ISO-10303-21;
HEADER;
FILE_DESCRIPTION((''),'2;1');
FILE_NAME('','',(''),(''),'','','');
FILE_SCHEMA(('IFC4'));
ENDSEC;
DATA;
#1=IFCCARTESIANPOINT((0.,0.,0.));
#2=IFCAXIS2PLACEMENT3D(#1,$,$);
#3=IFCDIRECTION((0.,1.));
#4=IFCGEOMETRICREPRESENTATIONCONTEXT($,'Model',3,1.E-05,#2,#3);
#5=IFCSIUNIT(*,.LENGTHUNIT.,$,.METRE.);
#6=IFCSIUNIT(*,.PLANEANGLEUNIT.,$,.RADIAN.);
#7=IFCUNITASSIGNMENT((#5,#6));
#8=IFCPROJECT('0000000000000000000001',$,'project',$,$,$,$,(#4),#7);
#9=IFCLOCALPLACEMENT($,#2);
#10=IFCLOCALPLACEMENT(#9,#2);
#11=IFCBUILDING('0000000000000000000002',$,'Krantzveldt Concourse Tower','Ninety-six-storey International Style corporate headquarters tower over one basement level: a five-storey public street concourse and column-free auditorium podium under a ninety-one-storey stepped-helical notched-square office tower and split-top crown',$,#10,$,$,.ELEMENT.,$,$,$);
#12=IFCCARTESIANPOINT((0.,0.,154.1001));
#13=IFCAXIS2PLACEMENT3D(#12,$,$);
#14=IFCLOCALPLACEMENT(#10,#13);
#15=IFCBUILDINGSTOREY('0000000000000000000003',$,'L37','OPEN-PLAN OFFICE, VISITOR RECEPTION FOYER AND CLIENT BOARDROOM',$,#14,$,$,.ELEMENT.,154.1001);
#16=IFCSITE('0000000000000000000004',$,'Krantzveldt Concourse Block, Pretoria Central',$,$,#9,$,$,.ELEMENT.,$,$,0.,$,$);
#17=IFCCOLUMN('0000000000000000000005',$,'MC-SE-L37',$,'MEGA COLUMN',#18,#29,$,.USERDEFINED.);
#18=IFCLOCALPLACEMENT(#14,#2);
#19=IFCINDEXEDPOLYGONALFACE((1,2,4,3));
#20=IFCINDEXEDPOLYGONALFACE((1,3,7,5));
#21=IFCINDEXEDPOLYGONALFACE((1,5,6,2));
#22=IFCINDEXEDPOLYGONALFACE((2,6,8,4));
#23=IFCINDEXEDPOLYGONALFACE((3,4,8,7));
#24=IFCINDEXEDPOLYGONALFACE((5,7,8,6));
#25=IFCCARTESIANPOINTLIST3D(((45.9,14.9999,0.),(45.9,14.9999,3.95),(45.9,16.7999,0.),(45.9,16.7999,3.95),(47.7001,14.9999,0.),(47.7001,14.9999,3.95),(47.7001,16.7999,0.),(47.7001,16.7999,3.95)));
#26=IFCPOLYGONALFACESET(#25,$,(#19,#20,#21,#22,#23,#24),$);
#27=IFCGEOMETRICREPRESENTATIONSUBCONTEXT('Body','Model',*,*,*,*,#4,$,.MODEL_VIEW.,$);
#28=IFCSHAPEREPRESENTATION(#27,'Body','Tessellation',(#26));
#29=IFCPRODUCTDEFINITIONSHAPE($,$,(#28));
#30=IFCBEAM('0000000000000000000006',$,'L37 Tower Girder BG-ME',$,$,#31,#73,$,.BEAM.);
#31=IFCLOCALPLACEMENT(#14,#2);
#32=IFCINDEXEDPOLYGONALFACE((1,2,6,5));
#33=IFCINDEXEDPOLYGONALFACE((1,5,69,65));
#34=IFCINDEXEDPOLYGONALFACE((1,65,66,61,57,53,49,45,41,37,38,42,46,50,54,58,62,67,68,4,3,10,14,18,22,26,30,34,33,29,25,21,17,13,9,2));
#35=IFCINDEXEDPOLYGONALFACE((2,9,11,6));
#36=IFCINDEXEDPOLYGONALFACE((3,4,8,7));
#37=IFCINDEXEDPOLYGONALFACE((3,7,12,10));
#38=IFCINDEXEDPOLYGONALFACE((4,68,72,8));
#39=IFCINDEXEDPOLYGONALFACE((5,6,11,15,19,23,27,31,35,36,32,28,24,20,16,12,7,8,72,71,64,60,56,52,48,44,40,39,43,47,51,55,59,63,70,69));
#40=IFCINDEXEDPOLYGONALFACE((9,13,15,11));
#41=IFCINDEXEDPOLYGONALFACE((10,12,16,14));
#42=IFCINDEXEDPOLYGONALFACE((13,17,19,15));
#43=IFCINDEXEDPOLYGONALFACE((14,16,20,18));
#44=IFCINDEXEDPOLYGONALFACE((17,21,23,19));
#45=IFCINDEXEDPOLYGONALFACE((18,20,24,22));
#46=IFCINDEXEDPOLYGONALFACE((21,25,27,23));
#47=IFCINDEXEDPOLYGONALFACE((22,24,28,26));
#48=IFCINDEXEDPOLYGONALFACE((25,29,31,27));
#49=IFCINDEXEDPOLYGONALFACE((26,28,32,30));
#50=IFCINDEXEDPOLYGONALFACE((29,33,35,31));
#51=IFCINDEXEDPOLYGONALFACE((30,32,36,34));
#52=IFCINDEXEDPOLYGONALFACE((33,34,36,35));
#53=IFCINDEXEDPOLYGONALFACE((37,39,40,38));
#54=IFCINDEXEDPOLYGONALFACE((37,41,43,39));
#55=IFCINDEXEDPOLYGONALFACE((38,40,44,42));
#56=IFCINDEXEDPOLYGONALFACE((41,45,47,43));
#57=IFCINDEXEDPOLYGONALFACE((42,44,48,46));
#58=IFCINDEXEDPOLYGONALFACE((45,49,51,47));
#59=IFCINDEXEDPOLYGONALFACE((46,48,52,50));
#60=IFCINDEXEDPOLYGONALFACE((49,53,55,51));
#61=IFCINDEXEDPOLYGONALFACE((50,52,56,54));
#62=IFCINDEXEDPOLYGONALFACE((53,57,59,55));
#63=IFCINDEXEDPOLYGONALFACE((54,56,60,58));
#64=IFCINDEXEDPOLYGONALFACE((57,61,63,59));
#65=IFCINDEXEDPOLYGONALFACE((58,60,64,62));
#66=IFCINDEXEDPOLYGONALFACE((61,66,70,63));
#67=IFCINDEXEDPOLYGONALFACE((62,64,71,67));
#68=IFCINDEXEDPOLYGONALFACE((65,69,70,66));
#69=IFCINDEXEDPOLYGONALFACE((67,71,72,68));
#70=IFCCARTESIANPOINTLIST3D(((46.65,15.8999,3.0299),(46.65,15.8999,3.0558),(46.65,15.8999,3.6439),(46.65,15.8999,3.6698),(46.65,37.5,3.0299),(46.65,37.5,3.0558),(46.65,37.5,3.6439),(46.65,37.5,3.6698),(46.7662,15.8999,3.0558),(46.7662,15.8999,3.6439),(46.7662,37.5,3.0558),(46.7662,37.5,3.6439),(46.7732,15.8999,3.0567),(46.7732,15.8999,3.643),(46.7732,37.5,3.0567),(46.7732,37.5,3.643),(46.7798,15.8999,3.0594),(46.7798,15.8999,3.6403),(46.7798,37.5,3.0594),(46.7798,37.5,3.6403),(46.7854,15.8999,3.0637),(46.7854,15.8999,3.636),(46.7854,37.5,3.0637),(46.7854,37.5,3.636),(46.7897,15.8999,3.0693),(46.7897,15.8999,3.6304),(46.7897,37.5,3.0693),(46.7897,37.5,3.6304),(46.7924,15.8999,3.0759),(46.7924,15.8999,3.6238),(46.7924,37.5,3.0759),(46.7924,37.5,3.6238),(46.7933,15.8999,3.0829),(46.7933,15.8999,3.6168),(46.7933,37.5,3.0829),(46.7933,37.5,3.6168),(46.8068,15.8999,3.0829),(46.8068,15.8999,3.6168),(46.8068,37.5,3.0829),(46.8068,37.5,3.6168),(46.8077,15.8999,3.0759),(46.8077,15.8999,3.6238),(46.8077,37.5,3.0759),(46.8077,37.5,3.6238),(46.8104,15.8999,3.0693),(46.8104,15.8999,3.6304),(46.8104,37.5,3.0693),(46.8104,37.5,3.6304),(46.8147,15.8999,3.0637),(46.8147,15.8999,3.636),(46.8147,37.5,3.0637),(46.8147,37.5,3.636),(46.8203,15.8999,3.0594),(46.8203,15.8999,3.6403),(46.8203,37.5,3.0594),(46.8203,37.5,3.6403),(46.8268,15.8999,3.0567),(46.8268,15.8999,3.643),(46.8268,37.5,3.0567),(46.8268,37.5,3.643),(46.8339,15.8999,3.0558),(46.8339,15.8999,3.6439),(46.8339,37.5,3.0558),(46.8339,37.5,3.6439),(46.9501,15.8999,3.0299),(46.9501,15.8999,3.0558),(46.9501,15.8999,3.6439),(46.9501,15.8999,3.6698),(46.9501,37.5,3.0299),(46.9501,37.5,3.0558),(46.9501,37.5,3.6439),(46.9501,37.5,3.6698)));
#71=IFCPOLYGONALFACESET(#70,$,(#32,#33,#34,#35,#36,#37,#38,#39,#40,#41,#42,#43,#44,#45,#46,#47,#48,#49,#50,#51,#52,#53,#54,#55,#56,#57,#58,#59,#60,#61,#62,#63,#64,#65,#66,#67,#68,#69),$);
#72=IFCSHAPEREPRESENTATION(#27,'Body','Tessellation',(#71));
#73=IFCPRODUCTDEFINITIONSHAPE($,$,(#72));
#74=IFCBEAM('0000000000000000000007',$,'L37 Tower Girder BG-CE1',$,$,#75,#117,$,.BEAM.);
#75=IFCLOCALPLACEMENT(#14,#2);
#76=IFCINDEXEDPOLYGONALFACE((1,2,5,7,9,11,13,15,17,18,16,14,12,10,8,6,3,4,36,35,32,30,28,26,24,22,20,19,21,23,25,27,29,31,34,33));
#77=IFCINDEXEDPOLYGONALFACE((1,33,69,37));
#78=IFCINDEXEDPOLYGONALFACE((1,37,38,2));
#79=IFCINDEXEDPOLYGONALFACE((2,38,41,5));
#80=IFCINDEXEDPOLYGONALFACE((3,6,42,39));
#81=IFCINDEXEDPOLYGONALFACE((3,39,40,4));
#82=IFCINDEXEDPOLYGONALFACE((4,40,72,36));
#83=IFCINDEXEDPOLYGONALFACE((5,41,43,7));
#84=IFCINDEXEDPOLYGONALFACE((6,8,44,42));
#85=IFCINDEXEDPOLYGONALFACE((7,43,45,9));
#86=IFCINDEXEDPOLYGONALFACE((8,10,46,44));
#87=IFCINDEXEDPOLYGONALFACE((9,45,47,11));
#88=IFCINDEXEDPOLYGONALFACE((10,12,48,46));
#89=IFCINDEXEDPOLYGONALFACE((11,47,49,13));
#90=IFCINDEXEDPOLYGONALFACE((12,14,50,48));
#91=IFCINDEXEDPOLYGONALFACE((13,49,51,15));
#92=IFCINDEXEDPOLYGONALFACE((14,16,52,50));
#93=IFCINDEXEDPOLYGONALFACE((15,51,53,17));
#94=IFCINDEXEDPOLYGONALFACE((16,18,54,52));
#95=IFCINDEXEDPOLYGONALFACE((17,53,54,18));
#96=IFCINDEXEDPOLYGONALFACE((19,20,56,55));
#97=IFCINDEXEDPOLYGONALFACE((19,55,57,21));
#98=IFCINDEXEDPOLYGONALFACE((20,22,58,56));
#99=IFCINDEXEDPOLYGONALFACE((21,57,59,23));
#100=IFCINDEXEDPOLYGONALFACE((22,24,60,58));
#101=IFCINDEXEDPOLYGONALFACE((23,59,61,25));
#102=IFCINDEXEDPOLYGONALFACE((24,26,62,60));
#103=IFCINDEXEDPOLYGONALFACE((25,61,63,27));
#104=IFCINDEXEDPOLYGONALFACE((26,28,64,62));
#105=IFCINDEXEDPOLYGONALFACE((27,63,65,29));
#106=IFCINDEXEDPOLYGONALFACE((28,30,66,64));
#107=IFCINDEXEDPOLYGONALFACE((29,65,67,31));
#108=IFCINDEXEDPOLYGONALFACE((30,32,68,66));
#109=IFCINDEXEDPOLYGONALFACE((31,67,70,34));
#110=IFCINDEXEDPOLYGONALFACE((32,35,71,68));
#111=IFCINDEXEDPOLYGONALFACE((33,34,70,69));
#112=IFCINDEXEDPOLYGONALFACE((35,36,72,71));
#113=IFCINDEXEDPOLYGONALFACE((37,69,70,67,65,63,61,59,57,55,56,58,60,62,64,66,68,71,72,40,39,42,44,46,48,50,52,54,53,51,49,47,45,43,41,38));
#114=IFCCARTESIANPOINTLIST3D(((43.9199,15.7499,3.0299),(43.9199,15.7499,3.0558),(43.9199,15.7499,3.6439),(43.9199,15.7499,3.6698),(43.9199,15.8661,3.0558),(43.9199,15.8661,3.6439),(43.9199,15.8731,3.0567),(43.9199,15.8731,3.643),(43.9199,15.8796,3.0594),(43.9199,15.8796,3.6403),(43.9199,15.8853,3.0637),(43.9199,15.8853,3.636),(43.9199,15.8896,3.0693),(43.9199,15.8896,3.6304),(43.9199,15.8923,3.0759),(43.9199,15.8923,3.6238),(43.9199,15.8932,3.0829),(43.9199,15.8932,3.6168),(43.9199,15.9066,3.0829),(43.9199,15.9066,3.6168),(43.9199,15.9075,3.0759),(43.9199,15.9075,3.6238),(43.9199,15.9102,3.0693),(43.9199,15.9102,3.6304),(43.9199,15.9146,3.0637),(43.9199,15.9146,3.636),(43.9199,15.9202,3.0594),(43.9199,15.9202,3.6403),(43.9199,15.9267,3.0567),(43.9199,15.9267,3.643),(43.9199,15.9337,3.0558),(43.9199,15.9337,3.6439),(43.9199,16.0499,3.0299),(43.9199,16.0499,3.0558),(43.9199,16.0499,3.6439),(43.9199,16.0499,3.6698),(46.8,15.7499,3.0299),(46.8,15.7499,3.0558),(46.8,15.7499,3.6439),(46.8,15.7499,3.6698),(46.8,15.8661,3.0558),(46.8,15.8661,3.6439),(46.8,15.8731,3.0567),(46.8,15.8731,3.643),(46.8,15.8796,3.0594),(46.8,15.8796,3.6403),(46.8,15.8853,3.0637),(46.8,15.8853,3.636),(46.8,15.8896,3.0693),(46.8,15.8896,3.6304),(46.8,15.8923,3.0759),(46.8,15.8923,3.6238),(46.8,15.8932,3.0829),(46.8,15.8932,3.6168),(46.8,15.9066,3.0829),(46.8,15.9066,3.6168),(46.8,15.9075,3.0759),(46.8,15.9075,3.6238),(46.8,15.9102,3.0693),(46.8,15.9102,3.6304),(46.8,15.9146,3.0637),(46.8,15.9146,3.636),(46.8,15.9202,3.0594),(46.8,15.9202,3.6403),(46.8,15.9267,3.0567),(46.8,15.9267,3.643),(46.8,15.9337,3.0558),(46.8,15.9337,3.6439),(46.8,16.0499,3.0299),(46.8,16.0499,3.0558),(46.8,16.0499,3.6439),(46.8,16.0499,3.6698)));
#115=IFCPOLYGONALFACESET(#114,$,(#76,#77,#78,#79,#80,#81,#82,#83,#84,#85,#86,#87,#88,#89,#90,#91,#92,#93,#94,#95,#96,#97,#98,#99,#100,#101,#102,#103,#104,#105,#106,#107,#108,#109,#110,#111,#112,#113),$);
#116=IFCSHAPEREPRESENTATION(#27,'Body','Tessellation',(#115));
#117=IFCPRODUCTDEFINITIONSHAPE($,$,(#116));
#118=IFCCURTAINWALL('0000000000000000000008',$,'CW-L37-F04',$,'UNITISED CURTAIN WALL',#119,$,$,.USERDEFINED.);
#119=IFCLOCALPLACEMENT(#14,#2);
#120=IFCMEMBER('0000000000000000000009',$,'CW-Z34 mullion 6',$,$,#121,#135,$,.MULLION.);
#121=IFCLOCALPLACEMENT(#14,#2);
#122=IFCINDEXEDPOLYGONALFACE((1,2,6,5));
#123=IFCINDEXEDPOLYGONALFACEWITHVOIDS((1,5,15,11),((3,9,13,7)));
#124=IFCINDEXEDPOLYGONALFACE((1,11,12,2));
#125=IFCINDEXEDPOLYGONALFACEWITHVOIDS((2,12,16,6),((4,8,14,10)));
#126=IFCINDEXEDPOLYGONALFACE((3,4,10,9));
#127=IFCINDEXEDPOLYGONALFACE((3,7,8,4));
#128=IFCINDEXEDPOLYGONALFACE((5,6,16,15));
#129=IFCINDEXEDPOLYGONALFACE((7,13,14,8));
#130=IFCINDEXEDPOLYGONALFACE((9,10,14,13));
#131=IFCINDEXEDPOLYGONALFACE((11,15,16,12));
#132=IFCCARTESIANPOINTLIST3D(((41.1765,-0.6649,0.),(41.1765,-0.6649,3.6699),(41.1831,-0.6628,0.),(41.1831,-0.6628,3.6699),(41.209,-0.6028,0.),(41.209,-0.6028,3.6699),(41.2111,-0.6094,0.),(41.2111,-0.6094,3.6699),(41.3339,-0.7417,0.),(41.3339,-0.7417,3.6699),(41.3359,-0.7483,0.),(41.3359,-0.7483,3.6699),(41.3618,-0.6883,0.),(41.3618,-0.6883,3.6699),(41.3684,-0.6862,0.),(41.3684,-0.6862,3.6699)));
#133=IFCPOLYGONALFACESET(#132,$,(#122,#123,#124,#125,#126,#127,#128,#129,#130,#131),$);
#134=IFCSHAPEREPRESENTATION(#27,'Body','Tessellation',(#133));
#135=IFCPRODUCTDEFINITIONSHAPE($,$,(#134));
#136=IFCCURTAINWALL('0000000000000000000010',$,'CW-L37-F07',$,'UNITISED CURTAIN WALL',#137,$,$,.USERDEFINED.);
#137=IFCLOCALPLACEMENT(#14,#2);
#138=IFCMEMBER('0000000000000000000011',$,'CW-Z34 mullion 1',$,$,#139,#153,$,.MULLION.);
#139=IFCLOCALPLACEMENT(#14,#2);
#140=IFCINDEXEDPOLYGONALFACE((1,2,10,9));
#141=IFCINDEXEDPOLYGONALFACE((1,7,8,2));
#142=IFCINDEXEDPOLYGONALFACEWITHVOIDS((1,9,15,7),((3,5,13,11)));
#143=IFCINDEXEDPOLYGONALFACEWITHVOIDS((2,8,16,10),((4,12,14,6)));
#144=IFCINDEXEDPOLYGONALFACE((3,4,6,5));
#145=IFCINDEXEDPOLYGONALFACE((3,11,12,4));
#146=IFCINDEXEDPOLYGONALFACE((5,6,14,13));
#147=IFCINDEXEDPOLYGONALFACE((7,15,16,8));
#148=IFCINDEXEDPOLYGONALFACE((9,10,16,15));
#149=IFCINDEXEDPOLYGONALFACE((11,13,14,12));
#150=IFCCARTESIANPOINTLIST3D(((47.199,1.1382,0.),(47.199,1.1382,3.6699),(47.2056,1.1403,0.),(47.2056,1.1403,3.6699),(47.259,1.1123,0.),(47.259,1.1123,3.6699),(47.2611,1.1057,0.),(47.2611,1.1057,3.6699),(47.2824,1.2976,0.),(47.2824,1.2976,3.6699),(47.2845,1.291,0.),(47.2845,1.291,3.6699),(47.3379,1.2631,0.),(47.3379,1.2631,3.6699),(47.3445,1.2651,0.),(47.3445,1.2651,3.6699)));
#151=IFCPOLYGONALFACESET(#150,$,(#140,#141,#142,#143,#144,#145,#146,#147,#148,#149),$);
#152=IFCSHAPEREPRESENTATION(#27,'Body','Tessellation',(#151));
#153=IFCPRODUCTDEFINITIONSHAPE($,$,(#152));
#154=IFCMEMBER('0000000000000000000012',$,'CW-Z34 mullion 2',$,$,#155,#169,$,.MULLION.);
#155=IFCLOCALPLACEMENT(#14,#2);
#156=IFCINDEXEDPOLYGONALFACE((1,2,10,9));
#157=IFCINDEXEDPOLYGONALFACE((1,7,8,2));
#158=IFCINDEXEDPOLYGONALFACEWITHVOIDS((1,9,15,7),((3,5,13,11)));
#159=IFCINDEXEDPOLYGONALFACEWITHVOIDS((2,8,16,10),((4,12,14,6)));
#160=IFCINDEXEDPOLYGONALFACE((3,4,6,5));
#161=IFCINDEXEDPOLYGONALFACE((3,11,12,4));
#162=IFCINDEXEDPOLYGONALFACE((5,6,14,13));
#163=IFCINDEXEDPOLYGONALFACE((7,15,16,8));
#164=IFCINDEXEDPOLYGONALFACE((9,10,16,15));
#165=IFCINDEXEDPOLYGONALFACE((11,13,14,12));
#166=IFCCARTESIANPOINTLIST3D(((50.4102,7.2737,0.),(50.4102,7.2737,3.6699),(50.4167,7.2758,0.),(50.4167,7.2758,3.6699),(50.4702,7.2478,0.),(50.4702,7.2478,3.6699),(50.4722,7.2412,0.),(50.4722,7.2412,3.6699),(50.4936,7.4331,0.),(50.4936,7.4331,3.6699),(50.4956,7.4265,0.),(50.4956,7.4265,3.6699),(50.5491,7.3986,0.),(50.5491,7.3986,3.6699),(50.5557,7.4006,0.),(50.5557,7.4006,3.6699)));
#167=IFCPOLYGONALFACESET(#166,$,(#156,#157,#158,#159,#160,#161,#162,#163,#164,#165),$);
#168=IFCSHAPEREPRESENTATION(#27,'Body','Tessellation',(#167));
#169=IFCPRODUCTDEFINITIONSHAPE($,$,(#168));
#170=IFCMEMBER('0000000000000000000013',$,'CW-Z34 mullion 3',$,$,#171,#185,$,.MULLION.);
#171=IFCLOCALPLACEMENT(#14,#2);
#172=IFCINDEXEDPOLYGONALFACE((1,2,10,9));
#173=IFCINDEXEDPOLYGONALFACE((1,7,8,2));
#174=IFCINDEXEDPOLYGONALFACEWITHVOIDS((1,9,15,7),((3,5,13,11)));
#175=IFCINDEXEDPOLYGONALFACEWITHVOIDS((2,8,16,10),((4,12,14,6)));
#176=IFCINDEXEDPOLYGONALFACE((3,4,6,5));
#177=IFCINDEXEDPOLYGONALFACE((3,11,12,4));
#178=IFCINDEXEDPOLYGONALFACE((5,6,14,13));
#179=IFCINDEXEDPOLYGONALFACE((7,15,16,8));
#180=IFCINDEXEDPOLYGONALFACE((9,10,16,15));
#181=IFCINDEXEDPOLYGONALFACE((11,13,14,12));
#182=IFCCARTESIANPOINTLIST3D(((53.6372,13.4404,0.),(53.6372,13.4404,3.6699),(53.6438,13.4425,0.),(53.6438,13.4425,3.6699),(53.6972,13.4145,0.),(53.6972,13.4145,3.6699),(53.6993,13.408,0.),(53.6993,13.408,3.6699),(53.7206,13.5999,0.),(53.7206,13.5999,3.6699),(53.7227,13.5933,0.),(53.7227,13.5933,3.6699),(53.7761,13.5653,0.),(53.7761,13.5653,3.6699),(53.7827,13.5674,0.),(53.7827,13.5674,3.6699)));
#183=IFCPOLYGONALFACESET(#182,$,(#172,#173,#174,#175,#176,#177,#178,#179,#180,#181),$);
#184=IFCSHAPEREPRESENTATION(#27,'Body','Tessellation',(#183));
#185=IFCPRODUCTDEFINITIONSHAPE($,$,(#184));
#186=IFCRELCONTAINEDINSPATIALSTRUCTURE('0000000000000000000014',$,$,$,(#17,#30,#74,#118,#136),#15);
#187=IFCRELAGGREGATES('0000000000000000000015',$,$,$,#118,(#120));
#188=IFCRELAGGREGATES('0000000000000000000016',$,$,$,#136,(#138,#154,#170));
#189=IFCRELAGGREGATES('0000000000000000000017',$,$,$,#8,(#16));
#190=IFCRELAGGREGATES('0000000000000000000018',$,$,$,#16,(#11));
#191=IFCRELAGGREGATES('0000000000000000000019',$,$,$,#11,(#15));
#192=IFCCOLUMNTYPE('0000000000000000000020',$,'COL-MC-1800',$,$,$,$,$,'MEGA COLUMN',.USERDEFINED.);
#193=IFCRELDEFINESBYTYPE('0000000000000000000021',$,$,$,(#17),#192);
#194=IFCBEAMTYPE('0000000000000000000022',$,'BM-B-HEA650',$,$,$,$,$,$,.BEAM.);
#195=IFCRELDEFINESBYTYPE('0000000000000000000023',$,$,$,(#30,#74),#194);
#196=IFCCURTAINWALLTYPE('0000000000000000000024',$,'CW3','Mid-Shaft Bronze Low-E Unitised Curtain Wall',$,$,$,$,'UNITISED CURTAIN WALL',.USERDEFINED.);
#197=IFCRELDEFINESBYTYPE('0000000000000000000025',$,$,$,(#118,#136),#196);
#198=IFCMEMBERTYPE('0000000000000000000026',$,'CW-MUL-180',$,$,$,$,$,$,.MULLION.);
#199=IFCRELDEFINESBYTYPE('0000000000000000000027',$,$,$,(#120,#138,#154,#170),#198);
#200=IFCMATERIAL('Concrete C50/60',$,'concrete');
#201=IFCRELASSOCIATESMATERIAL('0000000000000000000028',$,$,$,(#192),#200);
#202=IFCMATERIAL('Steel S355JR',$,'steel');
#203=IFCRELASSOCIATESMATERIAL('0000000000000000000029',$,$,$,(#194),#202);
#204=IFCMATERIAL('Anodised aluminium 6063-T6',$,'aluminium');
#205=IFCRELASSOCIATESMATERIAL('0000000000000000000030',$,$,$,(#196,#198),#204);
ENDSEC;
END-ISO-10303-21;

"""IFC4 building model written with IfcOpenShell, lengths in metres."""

from ifc_helpers import new_model, si_unit, direction, frame, origin, origin_2d, place, context, subcontext, project, spatial, rectangle, hollow_rectangle, i_section, extrude, source, transform, mapped, material, material_profile, profile_set, type_object, type_shapes, element, aggregate, save


model = new_model("IFC4")

# Units and contexts
model_context = context("Model", 3, precision=1e-05, world=origin(), true_north=direction((0.0, 1.0)))
body_context = subcontext(model_context, "Body", "Model", "MODEL_VIEW")
ifc_project = project(units=[si_unit("LENGTHUNIT", "METRE"), si_unit("PLANEANGLEUNIT", "RADIAN")], contexts=[model_context])

# Site, building, storey
site_placement = place(None, origin())
site = spatial("IfcSite", under=ifc_project, at=site_placement, Name="Krantzveldt Concourse Block, Pretoria Central", CompositionType="ELEMENT", RefElevation=0.0)
building_placement = place(site_placement, origin())
building = spatial("IfcBuilding", under=site, at=building_placement, Name="Krantzveldt Concourse Tower", Description="Ninety-six-storey International Style corporate headquarters tower over one basement level: a five-storey public street concourse and column-free auditorium podium under a ninety-one-storey stepped-helical notched-square office tower and split-top crown", CompositionType="ELEMENT")
storey_placement = place(building_placement, frame((0.0, 0.0, 154.1001)))
storey = spatial("IfcBuildingStorey", under=building, at=storey_placement, Name="L37", Description="OPEN-PLAN OFFICE, VISITOR RECEPTION FOYER AND CLIENT BOARDROOM", CompositionType="ELEMENT", Elevation=154.1001)

# Column
ifc_material_1 = material(Name="Concrete C50/60", Category="concrete")
ifc_material_profile_1 = material_profile(ifc_material_1, rectangle(XDim=1.8, YDim=1.8, at=origin_2d()), Name="Concrete C50/60", Category="concrete")
ifc_profile_set_1 = profile_set([ifc_material_profile_1], Name="Concrete C50/60 - RC 1800x1800")
column_type = type_object("IfcColumnType", Name="COL-MC-1800", ElementType="MEGA COLUMN", PredefinedType="USERDEFINED", material=ifc_profile_set_1)
shared_shape_1 = source(origin(), body_context, "Body", "SweptSolid", [
    extrude(rectangle(XDim=1.8, YDim=1.8, at=origin_2d()), origin(), (0.0, 0.0, 1.0), 3.95),
])
type_shapes(column_type, [shared_shape_1])
column_placement = place(storey_placement, frame((46.8, 15.8999, 0.0), z_axis=(0.0, 0.0, 1.0), x_axis=(1.0, 0.0, 0.0)))
element("IfcColumn", 1, at=column_placement, inside=storey, type_object=column_type, Name="MC-SE-L37", ObjectType="MEGA COLUMN", PredefinedType="USERDEFINED", context=body_context, shape_type="MappedRepresentation", body=[
    mapped(shared_shape_1, transform((0.0, 0.0, 0.0), x_axis=(1.0, 0.0, 0.0), y_axis=(0.0, 1.0, 0.0), z_axis=(0.0, 0.0, 1.0), scale=1.0)),
])

# Beams
ifc_material_2 = material(Name="Steel S355JR", Category="steel")
ifc_material_profile_2 = material_profile(ifc_material_2, i_section(OverallWidth=0.3, OverallDepth=0.6399, WebThickness=0.0134, FlangeThickness=0.0259, FilletRadius=0.0271, at=origin_2d()), Name="Steel S355JR", Category="steel")
ifc_profile_set_2 = profile_set([ifc_material_profile_2], Name="Steel S355JR - HEA 650")
beam_type = type_object("IfcBeamType", Name="BM-B-HEA650", PredefinedType="BEAM", material=ifc_profile_set_2)
shared_shape_2 = source(origin(), body_context, "Body", "SweptSolid", [
    extrude(i_section(OverallWidth=0.3, OverallDepth=0.6399, WebThickness=0.0134, FlangeThickness=0.0259, FilletRadius=0.0271, at=origin_2d()), origin(), (0.0, 0.0, 1.0), 21.6001),
])
beam_1_placement = place(storey_placement, frame((46.8, 15.8999, 3.3499), z_axis=(0.0, 1.0, 0.0), x_axis=(-1.0, 0.0, 0.0)))
element("IfcBeam", 2, at=beam_1_placement, inside=storey, type_object=beam_type, Name="L37 Tower Girder BG-ME", PredefinedType="BEAM", context=body_context, shape_type="MappedRepresentation", body=[
    mapped(shared_shape_2, transform((0.0, 0.0, 0.0), x_axis=(1.0, 0.0, 0.0), y_axis=(0.0, 1.0, 0.0), z_axis=(0.0, 0.0, 1.0), scale=1.0)),
])
shared_shape_3 = source(origin(), body_context, "Body", "SweptSolid", [
    extrude(i_section(OverallWidth=0.3, OverallDepth=0.6399, WebThickness=0.0134, FlangeThickness=0.0259, FilletRadius=0.0271, at=origin_2d()), origin(), (0.0, 0.0, 1.0), 2.8801),
])
type_shapes(beam_type, [shared_shape_2, shared_shape_3])
beam_2_placement = place(storey_placement, frame((43.9199, 15.8999, 3.3499), z_axis=(1.0, 0.0, 0.0), x_axis=(0.0, 1.0, 0.0)))
element("IfcBeam", 3, at=beam_2_placement, inside=storey, type_object=beam_type, Name="L37 Tower Girder BG-CE1", PredefinedType="BEAM", context=body_context, shape_type="MappedRepresentation", body=[
    mapped(shared_shape_3, transform((0.0, 0.0, 0.0), x_axis=(1.0, 0.0, 0.0), y_axis=(0.0, 1.0, 0.0), z_axis=(0.0, 0.0, 1.0), scale=1.0)),
])

# Curtain wall, member
ifc_material_3 = material(Name="Anodised aluminium 6063-T6", Category="aluminium")
curtain_wall_type = type_object("IfcCurtainWallType", Name="CW3", Description="Mid-Shaft Bronze Low-E Unitised Curtain Wall", ElementType="UNITISED CURTAIN WALL", PredefinedType="USERDEFINED", material=ifc_material_3)
curtain_wall_1_placement = place(storey_placement, origin())
curtain_wall_1 = element("IfcCurtainWall", 4, at=curtain_wall_1_placement, inside=storey, type_object=curtain_wall_type, Name="CW-L37-F04", ObjectType="UNITISED CURTAIN WALL", PredefinedType="USERDEFINED")
ifc_material_profile_3 = material_profile(ifc_material_3, hollow_rectangle(XDim=0.0701, YDim=0.1799, WallThickness=0.0049, at=origin_2d()), Name="Anodised aluminium 6063-T6", Category="aluminium")
ifc_profile_set_3 = profile_set([ifc_material_profile_3], Name="Anodised aluminium 6063-T6 - ALU-MULL 180x70x5")
member_type_1 = type_object("IfcMemberType", Name="CW-MUL-180", PredefinedType="MULLION", material=ifc_profile_set_3)
shared_shape_4 = source(origin(), body_context, "Body", "SweptSolid", [
    extrude(hollow_rectangle(XDim=0.0701, YDim=0.1799, WallThickness=0.0049, at=origin_2d()), origin(), (0.0, 0.0, 1.0), 3.6699),
])
type_shapes(member_type_1, [shared_shape_4])
member_1_placement = place(storey_placement, frame((41.2725, -0.6755, 0.0), z_axis=(0.0, 0.0, 1.0), x_axis=(0.463683, 0.886001, 0.0)))
member_1 = element("IfcMember", 5, at=member_1_placement, type_object=member_type_1, Name="CW-Z34 mullion 6", PredefinedType="MULLION", context=body_context, shape_type="MappedRepresentation", body=[
    mapped(shared_shape_4, transform((0.0, 0.0, 0.0), x_axis=(1.0, 0.0, 0.0), y_axis=(0.0, 1.0, 0.0), z_axis=(0.0, 0.0, 1.0), scale=1.0)),
])

# Curtain wall, members
curtain_wall_2_placement = place(storey_placement, origin())
curtain_wall_2 = element("IfcCurtainWall", 6, at=curtain_wall_2_placement, inside=storey, type_object=curtain_wall_type, Name="CW-L37-F07", ObjectType="UNITISED CURTAIN WALL", PredefinedType="USERDEFINED")
member_2_placement = place(storey_placement, frame((47.2717, 1.2017, 0.0), z_axis=(0.0, 0.0, 1.0), x_axis=(-0.886001, 0.463683, 0.0)))
member_2 = element("IfcMember", 7, at=member_2_placement, type_object=member_type_1, Name="CW-Z34 mullion 1", PredefinedType="MULLION", context=body_context, shape_type="MappedRepresentation", body=[
    mapped(shared_shape_4, transform((0.0, 0.0, 0.0), x_axis=(1.0, 0.0, 0.0), y_axis=(0.0, 1.0, 0.0), z_axis=(0.0, 0.0, 1.0), scale=1.0)),
])
member_3_placement = place(storey_placement, frame((50.4829, 7.3372, 0.0), z_axis=(0.0, 0.0, 1.0), x_axis=(-0.886001, 0.463683, 0.0)))
member_3 = element("IfcMember", 8, at=member_3_placement, type_object=member_type_1, Name="CW-Z34 mullion 2", PredefinedType="MULLION", context=body_context, shape_type="MappedRepresentation", body=[
    mapped(shared_shape_4, transform((0.0, 0.0, 0.0), x_axis=(1.0, 0.0, 0.0), y_axis=(0.0, 1.0, 0.0), z_axis=(0.0, 0.0, 1.0), scale=1.0)),
])
member_4_placement = place(storey_placement, frame((53.71, 13.5039, 0.0), z_axis=(0.0, 0.0, 1.0), x_axis=(-0.886001, 0.463683, 0.0)))
member_4 = element("IfcMember", 9, at=member_4_placement, type_object=member_type_1, Name="CW-Z34 mullion 3", PredefinedType="MULLION", context=body_context, shape_type="MappedRepresentation", body=[
    mapped(shared_shape_4, transform((0.0, 0.0, 0.0), x_axis=(1.0, 0.0, 0.0), y_axis=(0.0, 1.0, 0.0), z_axis=(0.0, 0.0, 1.0), scale=1.0)),
])

aggregate(curtain_wall_1, [member_1])
aggregate(curtain_wall_2, [member_2, member_3, member_4])

save(model, "model.ifc")
